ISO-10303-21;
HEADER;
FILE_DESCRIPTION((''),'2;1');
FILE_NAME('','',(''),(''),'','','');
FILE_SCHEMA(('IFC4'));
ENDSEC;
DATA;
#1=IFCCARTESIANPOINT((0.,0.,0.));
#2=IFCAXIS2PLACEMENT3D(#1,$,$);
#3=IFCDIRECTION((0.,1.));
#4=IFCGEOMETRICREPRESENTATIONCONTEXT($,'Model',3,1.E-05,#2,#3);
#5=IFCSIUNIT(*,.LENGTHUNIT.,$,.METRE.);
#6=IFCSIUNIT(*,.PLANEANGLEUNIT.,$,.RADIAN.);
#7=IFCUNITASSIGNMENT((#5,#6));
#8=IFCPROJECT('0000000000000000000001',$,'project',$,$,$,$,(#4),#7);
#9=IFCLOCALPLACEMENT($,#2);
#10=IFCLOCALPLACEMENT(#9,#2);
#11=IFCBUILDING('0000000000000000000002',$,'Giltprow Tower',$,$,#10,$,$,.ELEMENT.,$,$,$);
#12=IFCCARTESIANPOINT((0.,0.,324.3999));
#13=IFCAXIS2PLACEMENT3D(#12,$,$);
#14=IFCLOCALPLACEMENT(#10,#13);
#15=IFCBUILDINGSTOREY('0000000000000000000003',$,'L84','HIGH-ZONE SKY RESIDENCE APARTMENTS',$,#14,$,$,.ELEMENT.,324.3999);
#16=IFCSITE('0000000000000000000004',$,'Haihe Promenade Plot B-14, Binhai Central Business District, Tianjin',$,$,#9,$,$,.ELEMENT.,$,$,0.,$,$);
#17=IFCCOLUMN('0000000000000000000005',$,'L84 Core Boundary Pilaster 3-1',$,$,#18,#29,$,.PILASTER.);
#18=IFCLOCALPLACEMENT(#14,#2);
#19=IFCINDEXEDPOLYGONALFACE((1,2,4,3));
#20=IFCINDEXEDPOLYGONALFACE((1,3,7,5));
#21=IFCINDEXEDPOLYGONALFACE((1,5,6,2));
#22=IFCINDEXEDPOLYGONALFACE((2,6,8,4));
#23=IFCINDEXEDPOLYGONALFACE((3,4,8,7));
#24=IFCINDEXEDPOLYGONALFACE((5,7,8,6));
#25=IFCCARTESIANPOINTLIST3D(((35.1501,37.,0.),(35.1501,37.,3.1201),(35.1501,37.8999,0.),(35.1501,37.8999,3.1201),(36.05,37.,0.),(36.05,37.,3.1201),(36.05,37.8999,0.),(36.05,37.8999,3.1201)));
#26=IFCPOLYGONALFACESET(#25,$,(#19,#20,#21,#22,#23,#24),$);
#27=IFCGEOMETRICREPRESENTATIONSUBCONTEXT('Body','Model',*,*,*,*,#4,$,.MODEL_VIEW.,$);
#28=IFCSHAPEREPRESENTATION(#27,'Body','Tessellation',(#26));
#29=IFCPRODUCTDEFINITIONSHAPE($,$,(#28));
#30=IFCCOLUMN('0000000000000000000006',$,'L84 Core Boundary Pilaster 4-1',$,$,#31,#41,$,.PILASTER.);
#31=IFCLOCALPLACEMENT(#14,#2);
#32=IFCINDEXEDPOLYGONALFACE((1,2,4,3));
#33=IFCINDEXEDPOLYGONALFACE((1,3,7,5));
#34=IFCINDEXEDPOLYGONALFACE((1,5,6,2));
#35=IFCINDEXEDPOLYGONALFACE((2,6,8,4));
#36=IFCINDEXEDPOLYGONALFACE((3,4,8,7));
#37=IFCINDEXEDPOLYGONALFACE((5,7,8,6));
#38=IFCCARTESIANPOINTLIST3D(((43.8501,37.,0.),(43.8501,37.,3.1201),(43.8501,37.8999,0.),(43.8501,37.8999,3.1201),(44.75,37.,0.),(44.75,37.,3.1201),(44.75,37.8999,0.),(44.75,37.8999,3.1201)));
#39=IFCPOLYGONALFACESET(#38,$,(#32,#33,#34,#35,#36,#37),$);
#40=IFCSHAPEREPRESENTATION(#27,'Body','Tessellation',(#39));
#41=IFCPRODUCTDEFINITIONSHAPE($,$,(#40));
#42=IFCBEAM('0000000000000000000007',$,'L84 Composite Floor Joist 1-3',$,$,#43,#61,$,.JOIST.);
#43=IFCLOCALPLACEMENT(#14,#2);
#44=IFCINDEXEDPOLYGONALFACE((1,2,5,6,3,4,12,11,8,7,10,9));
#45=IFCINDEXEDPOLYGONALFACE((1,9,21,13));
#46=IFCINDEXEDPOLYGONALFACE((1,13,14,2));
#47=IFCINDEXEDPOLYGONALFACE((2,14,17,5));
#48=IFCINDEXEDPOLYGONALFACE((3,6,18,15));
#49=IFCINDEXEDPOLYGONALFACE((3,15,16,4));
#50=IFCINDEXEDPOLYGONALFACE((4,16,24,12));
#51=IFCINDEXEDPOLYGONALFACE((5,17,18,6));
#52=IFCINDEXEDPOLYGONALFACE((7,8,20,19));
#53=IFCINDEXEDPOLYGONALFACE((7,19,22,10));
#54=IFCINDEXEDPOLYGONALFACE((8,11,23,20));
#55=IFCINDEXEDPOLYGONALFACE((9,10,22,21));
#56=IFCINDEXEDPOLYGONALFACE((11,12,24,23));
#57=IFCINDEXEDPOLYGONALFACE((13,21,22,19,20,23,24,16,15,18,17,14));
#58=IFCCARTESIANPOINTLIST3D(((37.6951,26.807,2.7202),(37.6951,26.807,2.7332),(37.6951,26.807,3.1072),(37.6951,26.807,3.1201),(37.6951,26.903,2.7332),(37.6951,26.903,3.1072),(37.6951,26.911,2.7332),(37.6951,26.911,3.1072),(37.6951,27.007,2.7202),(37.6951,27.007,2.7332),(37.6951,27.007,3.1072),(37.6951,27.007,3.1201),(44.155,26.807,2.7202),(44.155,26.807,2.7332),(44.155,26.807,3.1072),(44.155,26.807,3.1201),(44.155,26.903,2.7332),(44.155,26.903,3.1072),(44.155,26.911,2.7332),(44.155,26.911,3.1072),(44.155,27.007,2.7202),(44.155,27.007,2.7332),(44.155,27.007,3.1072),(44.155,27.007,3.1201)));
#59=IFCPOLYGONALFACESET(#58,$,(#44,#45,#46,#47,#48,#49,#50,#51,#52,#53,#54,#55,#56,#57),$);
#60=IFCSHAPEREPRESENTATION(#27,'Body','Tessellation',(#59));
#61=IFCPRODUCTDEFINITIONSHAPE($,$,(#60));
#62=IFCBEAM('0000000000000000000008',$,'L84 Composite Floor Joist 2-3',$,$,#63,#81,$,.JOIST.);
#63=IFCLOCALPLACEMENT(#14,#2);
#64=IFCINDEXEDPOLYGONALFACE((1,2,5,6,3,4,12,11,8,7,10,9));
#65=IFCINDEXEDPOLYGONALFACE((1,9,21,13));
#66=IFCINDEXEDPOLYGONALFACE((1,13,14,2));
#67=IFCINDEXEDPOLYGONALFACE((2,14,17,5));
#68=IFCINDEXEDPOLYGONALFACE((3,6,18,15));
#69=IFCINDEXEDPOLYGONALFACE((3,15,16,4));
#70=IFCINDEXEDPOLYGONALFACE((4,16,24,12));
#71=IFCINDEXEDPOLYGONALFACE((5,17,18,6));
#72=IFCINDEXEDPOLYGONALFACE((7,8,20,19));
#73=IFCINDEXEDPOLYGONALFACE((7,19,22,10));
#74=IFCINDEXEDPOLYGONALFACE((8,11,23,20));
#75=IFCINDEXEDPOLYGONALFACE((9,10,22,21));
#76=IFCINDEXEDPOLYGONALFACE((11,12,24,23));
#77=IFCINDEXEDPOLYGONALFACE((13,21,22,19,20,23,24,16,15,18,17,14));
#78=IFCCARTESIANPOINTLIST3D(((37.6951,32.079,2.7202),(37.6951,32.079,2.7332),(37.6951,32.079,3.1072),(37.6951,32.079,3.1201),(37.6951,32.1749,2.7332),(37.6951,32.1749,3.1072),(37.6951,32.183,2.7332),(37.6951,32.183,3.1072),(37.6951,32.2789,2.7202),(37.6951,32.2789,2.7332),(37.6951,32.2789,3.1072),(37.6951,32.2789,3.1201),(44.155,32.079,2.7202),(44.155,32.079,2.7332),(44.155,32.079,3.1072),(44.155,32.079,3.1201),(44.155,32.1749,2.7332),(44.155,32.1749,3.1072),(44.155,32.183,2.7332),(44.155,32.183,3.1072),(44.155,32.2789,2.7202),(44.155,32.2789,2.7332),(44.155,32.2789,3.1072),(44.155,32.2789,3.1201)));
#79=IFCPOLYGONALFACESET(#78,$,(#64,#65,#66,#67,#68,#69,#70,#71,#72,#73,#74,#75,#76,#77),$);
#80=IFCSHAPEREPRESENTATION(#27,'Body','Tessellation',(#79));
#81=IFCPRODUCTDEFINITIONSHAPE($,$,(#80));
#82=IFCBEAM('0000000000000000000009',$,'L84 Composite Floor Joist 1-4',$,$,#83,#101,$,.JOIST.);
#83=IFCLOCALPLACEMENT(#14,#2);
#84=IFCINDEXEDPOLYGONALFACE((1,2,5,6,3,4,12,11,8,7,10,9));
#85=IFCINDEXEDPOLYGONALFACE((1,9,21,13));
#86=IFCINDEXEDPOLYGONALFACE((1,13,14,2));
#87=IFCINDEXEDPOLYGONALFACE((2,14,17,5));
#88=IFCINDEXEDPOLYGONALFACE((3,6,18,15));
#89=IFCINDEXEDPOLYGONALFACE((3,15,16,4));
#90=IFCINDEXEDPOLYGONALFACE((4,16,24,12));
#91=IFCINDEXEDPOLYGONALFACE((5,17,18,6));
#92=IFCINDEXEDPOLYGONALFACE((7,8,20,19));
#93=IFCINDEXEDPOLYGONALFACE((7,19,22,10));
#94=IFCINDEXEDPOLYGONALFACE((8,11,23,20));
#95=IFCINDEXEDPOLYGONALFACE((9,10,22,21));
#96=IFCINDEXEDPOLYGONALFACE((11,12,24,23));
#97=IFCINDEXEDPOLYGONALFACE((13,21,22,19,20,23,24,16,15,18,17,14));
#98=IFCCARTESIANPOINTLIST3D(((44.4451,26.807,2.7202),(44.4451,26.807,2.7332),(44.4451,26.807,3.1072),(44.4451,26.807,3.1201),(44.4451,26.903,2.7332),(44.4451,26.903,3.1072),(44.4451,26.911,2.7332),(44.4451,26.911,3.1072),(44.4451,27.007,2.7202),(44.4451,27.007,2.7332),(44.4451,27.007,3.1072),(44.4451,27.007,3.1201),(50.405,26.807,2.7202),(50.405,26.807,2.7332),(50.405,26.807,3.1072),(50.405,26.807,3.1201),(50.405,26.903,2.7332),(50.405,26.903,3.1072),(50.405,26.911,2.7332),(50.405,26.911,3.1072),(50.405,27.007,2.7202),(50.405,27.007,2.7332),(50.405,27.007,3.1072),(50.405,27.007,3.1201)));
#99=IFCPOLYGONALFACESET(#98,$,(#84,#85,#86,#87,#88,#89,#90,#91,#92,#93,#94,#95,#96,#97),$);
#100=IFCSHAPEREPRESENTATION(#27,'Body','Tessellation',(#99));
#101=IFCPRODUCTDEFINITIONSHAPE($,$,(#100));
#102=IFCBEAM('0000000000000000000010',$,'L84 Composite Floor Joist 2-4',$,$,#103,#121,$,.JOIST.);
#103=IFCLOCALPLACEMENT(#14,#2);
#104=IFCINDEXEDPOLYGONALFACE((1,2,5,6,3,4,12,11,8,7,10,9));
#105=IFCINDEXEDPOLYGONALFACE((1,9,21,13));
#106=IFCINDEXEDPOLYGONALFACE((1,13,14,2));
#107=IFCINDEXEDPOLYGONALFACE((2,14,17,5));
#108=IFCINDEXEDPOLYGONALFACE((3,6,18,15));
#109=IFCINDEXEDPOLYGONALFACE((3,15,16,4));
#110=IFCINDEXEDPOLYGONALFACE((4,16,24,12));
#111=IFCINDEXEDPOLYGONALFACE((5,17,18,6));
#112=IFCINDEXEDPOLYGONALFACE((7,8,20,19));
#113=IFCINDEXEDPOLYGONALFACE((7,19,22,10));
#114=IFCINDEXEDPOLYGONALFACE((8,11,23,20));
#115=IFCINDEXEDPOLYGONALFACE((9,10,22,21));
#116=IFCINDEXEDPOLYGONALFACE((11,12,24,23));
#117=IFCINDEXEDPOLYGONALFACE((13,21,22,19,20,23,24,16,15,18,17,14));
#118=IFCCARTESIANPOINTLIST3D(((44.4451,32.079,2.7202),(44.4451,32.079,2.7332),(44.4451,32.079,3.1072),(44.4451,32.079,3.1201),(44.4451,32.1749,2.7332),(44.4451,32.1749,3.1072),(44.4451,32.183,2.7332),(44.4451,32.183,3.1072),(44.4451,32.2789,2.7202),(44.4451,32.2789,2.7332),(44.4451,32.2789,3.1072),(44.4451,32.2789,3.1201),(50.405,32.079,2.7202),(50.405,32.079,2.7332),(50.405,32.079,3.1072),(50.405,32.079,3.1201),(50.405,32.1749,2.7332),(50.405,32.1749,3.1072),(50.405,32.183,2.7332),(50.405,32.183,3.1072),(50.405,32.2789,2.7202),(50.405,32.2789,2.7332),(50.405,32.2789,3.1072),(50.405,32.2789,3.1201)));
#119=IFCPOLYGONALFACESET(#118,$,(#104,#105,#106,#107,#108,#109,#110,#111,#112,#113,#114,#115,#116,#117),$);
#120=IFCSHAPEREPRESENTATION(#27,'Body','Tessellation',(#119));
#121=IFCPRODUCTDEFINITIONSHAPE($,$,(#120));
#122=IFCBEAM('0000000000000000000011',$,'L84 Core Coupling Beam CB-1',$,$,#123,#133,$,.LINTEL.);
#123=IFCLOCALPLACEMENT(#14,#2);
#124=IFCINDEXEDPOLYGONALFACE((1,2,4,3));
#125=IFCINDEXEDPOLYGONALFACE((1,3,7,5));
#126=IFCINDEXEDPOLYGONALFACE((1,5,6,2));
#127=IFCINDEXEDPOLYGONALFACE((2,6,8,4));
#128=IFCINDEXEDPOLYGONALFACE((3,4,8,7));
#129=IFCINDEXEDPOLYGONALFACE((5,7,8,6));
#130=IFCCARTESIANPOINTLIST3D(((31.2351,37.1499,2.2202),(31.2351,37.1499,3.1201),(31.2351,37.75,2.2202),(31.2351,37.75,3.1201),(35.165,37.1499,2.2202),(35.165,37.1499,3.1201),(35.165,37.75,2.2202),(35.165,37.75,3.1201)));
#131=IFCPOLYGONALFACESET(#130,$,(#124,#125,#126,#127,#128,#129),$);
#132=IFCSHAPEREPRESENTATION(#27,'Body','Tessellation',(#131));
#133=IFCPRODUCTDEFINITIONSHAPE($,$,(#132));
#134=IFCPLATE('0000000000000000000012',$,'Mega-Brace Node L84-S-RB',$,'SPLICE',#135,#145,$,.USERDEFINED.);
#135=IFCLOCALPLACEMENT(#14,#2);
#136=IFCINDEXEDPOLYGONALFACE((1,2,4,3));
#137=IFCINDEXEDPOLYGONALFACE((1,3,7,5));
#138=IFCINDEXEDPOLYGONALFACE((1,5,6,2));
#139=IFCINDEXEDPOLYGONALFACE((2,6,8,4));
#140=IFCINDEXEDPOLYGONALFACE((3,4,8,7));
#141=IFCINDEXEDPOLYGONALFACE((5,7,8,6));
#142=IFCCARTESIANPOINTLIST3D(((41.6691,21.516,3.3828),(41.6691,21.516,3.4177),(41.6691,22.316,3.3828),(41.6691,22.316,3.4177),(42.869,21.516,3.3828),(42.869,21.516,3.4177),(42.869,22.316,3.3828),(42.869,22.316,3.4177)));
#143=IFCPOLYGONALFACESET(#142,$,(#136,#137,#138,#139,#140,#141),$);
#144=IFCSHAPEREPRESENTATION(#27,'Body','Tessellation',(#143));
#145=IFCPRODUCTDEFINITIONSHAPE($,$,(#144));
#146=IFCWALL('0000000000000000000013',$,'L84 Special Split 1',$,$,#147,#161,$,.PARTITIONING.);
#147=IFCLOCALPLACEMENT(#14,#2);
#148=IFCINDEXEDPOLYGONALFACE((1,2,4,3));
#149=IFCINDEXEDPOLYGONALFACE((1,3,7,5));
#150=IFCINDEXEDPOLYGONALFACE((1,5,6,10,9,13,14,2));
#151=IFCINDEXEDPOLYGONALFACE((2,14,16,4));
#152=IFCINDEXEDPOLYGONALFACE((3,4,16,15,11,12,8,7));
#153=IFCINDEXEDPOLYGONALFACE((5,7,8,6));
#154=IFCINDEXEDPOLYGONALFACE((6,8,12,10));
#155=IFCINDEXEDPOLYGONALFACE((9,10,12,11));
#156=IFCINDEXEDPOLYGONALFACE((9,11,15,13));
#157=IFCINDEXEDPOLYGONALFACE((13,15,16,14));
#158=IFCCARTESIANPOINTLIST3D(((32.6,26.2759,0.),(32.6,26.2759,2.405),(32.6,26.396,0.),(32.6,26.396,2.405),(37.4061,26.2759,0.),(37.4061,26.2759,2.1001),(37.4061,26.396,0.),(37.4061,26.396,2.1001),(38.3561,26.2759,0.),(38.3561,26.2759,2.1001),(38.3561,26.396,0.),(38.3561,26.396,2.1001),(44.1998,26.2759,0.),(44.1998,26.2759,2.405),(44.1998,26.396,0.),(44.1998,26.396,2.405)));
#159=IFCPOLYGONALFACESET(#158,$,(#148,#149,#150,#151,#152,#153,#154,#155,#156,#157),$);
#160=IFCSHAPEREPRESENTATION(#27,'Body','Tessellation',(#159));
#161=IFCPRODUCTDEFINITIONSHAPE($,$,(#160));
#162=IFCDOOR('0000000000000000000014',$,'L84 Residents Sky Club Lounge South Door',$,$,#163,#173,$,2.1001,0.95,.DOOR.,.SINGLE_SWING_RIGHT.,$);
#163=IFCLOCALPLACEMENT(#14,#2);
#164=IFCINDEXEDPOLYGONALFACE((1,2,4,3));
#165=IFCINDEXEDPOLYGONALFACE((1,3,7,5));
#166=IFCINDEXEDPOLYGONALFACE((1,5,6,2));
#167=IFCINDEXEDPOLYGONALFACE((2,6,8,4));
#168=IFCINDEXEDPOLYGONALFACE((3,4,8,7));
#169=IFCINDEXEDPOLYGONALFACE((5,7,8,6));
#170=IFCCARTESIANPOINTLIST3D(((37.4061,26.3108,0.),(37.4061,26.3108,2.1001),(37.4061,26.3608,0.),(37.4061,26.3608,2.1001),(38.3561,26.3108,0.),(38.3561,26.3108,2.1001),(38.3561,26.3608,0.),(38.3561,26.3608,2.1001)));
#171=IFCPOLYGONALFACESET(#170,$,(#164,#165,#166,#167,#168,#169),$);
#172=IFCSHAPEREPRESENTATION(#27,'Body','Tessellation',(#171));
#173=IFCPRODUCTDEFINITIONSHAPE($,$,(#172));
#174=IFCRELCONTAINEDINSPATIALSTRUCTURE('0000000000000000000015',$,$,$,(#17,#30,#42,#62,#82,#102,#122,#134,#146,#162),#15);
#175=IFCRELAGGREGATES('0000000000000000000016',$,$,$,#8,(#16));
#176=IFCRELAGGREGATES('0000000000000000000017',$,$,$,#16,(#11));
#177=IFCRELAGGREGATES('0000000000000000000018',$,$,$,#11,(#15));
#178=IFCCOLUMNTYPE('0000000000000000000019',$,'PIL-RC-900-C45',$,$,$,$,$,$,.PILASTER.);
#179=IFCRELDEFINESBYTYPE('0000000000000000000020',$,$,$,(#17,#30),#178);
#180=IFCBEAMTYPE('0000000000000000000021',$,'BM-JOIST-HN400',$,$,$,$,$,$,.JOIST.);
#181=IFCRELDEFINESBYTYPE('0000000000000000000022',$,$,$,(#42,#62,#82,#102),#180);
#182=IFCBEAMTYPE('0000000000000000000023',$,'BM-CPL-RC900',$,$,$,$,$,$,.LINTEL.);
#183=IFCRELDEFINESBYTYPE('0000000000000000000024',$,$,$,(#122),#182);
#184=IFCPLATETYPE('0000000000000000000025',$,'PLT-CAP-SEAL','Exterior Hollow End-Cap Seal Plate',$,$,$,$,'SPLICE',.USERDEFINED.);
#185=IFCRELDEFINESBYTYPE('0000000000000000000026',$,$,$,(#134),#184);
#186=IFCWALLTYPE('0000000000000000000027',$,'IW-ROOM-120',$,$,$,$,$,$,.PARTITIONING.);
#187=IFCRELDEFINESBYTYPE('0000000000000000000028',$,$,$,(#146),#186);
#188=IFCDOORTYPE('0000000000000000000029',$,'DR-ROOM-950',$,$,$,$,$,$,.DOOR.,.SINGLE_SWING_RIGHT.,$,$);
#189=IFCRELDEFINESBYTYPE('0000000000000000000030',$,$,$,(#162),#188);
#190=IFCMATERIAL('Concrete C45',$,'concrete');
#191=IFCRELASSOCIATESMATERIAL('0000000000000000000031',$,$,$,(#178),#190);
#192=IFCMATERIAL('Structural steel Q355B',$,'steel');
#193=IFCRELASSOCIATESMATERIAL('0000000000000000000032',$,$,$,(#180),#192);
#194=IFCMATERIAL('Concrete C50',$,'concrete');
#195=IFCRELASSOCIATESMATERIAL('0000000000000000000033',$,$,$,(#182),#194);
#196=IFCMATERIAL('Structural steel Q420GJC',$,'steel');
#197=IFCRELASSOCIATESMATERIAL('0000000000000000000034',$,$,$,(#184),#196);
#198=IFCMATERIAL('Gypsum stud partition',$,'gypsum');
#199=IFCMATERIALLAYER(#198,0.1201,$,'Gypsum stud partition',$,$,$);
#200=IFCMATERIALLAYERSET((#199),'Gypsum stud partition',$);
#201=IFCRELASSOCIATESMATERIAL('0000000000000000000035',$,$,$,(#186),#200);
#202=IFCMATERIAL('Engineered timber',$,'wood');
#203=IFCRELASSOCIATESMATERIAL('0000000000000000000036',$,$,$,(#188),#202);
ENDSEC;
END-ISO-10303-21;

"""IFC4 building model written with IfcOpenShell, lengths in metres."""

from ifc_helpers import new_model, si_unit, direction, frame, frame_2d, origin, origin_2d, place, context, subcontext, project, spatial, rectangle, i_section, extrude, source, transform, mapped, material, layer, layer_set, material_profile, profile_set, type_object, element, fill, save


model = new_model("IFC4")

# Units and contexts
model_context = context("Model", 3, precision=1e-05, world=origin(), true_north=direction((0.0, 1.0)))
body_context = subcontext(model_context, "Body", "Model", "MODEL_VIEW")
ifc_project = project(units=[si_unit("LENGTHUNIT", "METRE"), si_unit("PLANEANGLEUNIT", "RADIAN")], contexts=[model_context])

# Site, building, storey
site_placement = place(None, origin())
site = spatial("IfcSite", under=ifc_project, at=site_placement, Name="Haihe Promenade Plot B-14, Binhai Central Business District, Tianjin", CompositionType="ELEMENT", RefElevation=0.0)
building_placement = place(site_placement, origin())
building = spatial("IfcBuilding", under=site, at=building_placement, Name="Giltprow Tower", CompositionType="ELEMENT")
storey_placement = place(building_placement, frame((0.0, 0.0, 324.3999)))
storey = spatial("IfcBuildingStorey", under=building, at=storey_placement, Name="L84", Description="HIGH-ZONE SKY RESIDENCE APARTMENTS", CompositionType="ELEMENT", Elevation=324.3999)

# Columns
ifc_material_1 = material(Name="Concrete C45", Category="concrete")
ifc_material_profile_1 = material_profile(ifc_material_1, rectangle(XDim=0.8999, YDim=0.8999, at=origin_2d()), Name="RC 900x900")
ifc_profile_set_1 = profile_set([ifc_material_profile_1], Name="Concrete C45")
column_type = type_object("IfcColumnType", Name="PIL-RC-900-C45", PredefinedType="PILASTER", material=ifc_profile_set_1)
shared_shape_1 = source(origin(), body_context, "Body", "SweptSolid", [
    extrude(rectangle(XDim=0.8999, YDim=0.8999, at=origin_2d()), origin(), (0.0, 0.0, 1.0), 3.1201),
])
for number, where, z_axis, x_axis, name in (
    (1, (35.6001, 37.45, 0.0), (0.0, 0.0, 1.0), (1.0, 0.0, 0.0), "L84 Core Boundary Pilaster 3-1"),
    (2, (44.3, 37.45, 0.0), (0.0, 0.0, 1.0), (1.0, 0.0, 0.0), "L84 Core Boundary Pilaster 4-1"),
):
    element("IfcColumn", number, at=place(storey_placement, frame(where, z_axis=z_axis, x_axis=x_axis)), inside=storey, type_object=column_type, Name=name, PredefinedType="PILASTER", context=body_context, shape_type="MappedRepresentation", body=[
        mapped(shared_shape_1, transform((0.0, 0.0, 0.0), x_axis=(1.0, 0.0, 0.0), y_axis=(0.0, 1.0, 0.0), z_axis=(0.0, 0.0, 1.0), scale=1.0)),
    ])

# Beams
ifc_material_2 = material(Name="Structural steel Q355B", Category="steel")
ifc_material_profile_2 = material_profile(ifc_material_2, i_section(OverallWidth=0.2, OverallDepth=0.3999, WebThickness=0.0081, FlangeThickness=0.0129, at=origin_2d()), Name="HN 400x200x8x13")
ifc_profile_set_2 = profile_set([ifc_material_profile_2], Name="Structural steel Q355B")
beam_type_1 = type_object("IfcBeamType", Name="BM-JOIST-HN400", PredefinedType="JOIST", material=ifc_profile_set_2)
shared_shape_2 = source(origin(), body_context, "Body", "SweptSolid", [
    extrude(i_section(OverallWidth=0.2, OverallDepth=0.3999, WebThickness=0.0081, FlangeThickness=0.0129, at=origin_2d()), origin(), (0.0, 0.0, 1.0), 6.46),
])
for number, where, z_axis, x_axis, name in (
    (3, (37.6951, 26.907, 2.9202), (1.0, 0.0, 0.0), (0.0, 1.0, 0.0), "L84 Composite Floor Joist 1-3"),
    (4, (37.6951, 32.179, 2.9202), (1.0, 0.0, 0.0), (0.0, 1.0, 0.0), "L84 Composite Floor Joist 2-3"),
):
    element("IfcBeam", number, at=place(storey_placement, frame(where, z_axis=z_axis, x_axis=x_axis)), inside=storey, type_object=beam_type_1, Name=name, PredefinedType="JOIST", context=body_context, shape_type="MappedRepresentation", body=[
        mapped(shared_shape_2, transform((0.0, 0.0, 0.0), x_axis=(1.0, 0.0, 0.0), y_axis=(0.0, 1.0, 0.0), z_axis=(0.0, 0.0, 1.0), scale=1.0)),
    ])
shared_shape_3 = source(origin(), body_context, "Body", "SweptSolid", [
    extrude(i_section(OverallWidth=0.2, OverallDepth=0.3999, WebThickness=0.0081, FlangeThickness=0.0129, at=origin_2d()), origin(), (0.0, 0.0, 1.0), 5.96),
])
for number, where, z_axis, x_axis, name in (
    (5, (44.4451, 26.907, 2.9202), (1.0, 0.0, 0.0), (0.0, 1.0, 0.0), "L84 Composite Floor Joist 1-4"),
    (6, (44.4451, 32.179, 2.9202), (1.0, 0.0, 0.0), (0.0, 1.0, 0.0), "L84 Composite Floor Joist 2-4"),
):
    element("IfcBeam", number, at=place(storey_placement, frame(where, z_axis=z_axis, x_axis=x_axis)), inside=storey, type_object=beam_type_1, Name=name, PredefinedType="JOIST", context=body_context, shape_type="MappedRepresentation", body=[
        mapped(shared_shape_3, transform((0.0, 0.0, 0.0), x_axis=(1.0, 0.0, 0.0), y_axis=(0.0, 1.0, 0.0), z_axis=(0.0, 0.0, 1.0), scale=1.0)),
    ])
ifc_material_3 = material(Name="Concrete C50", Category="concrete")
ifc_material_profile_3 = material_profile(ifc_material_3, rectangle(XDim=0.6001, YDim=0.8999, at=origin_2d()), Name="RC 900x600")
ifc_profile_set_3 = profile_set([ifc_material_profile_3], Name="Concrete C50")
beam_type_2 = type_object("IfcBeamType", Name="BM-CPL-RC900", PredefinedType="LINTEL", material=ifc_profile_set_3)
shared_shape_4 = source(origin(), body_context, "Body", "SweptSolid", [
    extrude(rectangle(XDim=0.6001, YDim=0.8999, at=origin_2d()), origin(), (0.0, 0.0, 1.0), 3.9299),
])
beam_placement = place(storey_placement, frame((31.2351, 37.45, 2.6702), z_axis=(1.0, 0.0, 0.0), x_axis=(0.0, 1.0, 0.0)))
element("IfcBeam", 7, at=beam_placement, inside=storey, type_object=beam_type_2, Name="L84 Core Coupling Beam CB-1", PredefinedType="LINTEL", context=body_context, shape_type="MappedRepresentation", body=[
    mapped(shared_shape_4, transform((0.0, 0.0, 0.0), x_axis=(1.0, 0.0, 0.0), y_axis=(0.0, 1.0, 0.0), z_axis=(0.0, 0.0, 1.0), scale=1.0)),
])

# Plate
ifc_material_4 = material(Name="Structural steel Q420GJC", Category="steel")
plate_type = type_object("IfcPlateType", Name="PLT-CAP-SEAL", Description="Exterior Hollow End-Cap Seal Plate", ElementType="SPLICE", PredefinedType="USERDEFINED", material=ifc_material_4)
shared_shape_5 = source(origin(), body_context, "Body", "SweptSolid", [
    extrude(rectangle(XDim=1.2, YDim=0.8, at=origin_2d()), origin(), (0.0, 0.0, 1.0), 0.0349),
])
plate_placement = place(storey_placement, frame((42.269, 21.916, 3.3828), z_axis=(0.0, 0.0, 1.0), x_axis=(1.0, 0.0, 0.0)))
element("IfcPlate", 8, at=plate_placement, inside=storey, type_object=plate_type, Name="Mega-Brace Node L84-S-RB", ObjectType="SPLICE", PredefinedType="USERDEFINED", context=body_context, shape_type="MappedRepresentation", body=[
    mapped(shared_shape_5, transform((0.0, 0.0, 0.0), x_axis=(1.0, 0.0, 0.0), y_axis=(0.0, 1.0, 0.0), z_axis=(0.0, 0.0, 1.0), scale=1.0)),
])

# Wall, opening, door
ifc_material_5 = material(Name="Gypsum stud partition", Category="gypsum")
ifc_layer_1 = layer(ifc_material_5, 0.1201, Name="Gypsum stud partition")
ifc_layer_set_1 = layer_set([ifc_layer_1], Name="Gypsum stud partition")
wall_type_1 = type_object("IfcWallType", Name="IW-ROOM-120", PredefinedType="PARTITIONING", material=ifc_layer_set_1)
wall_1_placement = place(storey_placement, frame((32.6001, 26.3359, 0.0), z_axis=(0.0, 0.0, 1.0), x_axis=(1.0, 0.0, 0.0)))
wall_1 = element("IfcWall", 9, at=wall_1_placement, inside=storey, type_object=wall_type_1, Name="L84 Special Split 1", PredefinedType="PARTITIONING", context=body_context, shape_type="SweptSolid", body=[
    extrude(rectangle(XDim=11.5999, YDim=0.1201, at=frame_2d((5.7998, 0.0))), origin(), (0.0, 0.0, 1.0), 2.405),
])
opening_1_placement = place(wall_1_placement, frame((4.8059, 0.0, 0.0)))
opening_1 = element("IfcOpeningElement", 10, at=opening_1_placement, cuts=wall_1, PredefinedType="OPENING", context=body_context, shape_type="SweptSolid", body=[
    extrude(rectangle(XDim=0.95, YDim=2.1001, at=frame_2d((0.4751, 1.05))), frame((0.0, 0.0701, 0.0), z_axis=(0.0, -1.0, 0.0), x_axis=(1.0, 0.0, 0.0)), (0.0, 0.0, 1.0), 0.1401),
])
ifc_material_6 = material(Name="Engineered timber", Category="wood")
door_type = type_object("IfcDoorType", Name="DR-ROOM-950", OperationType="SINGLE_SWING_RIGHT", PredefinedType="DOOR", material=ifc_material_6)
shared_shape_6 = source(origin(), body_context, "Body", "SweptSolid", [
    extrude(rectangle(XDim=0.95, YDim=2.1001, at=frame_2d((0.4751, 1.05))), frame((0.0, 0.0249, 0.0), z_axis=(0.0, -1.0, 0.0), x_axis=(1.0, 0.0, 0.0)), (0.0, 0.0, 1.0), 0.05),
])
door_1_placement = place(opening_1_placement, origin())
door_1 = element("IfcDoor", 11, at=door_1_placement, inside=storey, type_object=door_type, Name="L84 Residents Sky Club Lounge South Door", OperationType="SINGLE_SWING_RIGHT", OverallHeight=2.1001, OverallWidth=0.95, PredefinedType="DOOR", context=body_context, shape_type="MappedRepresentation", body=[
    mapped(shared_shape_6, transform((0.0, 0.0, 0.0), x_axis=(1.0, 0.0, 0.0), y_axis=(0.0, 1.0, 0.0), z_axis=(0.0, 0.0, 1.0), scale=1.0)),
])
fill(opening_1, door_1)

save(model, "model.ifc")
